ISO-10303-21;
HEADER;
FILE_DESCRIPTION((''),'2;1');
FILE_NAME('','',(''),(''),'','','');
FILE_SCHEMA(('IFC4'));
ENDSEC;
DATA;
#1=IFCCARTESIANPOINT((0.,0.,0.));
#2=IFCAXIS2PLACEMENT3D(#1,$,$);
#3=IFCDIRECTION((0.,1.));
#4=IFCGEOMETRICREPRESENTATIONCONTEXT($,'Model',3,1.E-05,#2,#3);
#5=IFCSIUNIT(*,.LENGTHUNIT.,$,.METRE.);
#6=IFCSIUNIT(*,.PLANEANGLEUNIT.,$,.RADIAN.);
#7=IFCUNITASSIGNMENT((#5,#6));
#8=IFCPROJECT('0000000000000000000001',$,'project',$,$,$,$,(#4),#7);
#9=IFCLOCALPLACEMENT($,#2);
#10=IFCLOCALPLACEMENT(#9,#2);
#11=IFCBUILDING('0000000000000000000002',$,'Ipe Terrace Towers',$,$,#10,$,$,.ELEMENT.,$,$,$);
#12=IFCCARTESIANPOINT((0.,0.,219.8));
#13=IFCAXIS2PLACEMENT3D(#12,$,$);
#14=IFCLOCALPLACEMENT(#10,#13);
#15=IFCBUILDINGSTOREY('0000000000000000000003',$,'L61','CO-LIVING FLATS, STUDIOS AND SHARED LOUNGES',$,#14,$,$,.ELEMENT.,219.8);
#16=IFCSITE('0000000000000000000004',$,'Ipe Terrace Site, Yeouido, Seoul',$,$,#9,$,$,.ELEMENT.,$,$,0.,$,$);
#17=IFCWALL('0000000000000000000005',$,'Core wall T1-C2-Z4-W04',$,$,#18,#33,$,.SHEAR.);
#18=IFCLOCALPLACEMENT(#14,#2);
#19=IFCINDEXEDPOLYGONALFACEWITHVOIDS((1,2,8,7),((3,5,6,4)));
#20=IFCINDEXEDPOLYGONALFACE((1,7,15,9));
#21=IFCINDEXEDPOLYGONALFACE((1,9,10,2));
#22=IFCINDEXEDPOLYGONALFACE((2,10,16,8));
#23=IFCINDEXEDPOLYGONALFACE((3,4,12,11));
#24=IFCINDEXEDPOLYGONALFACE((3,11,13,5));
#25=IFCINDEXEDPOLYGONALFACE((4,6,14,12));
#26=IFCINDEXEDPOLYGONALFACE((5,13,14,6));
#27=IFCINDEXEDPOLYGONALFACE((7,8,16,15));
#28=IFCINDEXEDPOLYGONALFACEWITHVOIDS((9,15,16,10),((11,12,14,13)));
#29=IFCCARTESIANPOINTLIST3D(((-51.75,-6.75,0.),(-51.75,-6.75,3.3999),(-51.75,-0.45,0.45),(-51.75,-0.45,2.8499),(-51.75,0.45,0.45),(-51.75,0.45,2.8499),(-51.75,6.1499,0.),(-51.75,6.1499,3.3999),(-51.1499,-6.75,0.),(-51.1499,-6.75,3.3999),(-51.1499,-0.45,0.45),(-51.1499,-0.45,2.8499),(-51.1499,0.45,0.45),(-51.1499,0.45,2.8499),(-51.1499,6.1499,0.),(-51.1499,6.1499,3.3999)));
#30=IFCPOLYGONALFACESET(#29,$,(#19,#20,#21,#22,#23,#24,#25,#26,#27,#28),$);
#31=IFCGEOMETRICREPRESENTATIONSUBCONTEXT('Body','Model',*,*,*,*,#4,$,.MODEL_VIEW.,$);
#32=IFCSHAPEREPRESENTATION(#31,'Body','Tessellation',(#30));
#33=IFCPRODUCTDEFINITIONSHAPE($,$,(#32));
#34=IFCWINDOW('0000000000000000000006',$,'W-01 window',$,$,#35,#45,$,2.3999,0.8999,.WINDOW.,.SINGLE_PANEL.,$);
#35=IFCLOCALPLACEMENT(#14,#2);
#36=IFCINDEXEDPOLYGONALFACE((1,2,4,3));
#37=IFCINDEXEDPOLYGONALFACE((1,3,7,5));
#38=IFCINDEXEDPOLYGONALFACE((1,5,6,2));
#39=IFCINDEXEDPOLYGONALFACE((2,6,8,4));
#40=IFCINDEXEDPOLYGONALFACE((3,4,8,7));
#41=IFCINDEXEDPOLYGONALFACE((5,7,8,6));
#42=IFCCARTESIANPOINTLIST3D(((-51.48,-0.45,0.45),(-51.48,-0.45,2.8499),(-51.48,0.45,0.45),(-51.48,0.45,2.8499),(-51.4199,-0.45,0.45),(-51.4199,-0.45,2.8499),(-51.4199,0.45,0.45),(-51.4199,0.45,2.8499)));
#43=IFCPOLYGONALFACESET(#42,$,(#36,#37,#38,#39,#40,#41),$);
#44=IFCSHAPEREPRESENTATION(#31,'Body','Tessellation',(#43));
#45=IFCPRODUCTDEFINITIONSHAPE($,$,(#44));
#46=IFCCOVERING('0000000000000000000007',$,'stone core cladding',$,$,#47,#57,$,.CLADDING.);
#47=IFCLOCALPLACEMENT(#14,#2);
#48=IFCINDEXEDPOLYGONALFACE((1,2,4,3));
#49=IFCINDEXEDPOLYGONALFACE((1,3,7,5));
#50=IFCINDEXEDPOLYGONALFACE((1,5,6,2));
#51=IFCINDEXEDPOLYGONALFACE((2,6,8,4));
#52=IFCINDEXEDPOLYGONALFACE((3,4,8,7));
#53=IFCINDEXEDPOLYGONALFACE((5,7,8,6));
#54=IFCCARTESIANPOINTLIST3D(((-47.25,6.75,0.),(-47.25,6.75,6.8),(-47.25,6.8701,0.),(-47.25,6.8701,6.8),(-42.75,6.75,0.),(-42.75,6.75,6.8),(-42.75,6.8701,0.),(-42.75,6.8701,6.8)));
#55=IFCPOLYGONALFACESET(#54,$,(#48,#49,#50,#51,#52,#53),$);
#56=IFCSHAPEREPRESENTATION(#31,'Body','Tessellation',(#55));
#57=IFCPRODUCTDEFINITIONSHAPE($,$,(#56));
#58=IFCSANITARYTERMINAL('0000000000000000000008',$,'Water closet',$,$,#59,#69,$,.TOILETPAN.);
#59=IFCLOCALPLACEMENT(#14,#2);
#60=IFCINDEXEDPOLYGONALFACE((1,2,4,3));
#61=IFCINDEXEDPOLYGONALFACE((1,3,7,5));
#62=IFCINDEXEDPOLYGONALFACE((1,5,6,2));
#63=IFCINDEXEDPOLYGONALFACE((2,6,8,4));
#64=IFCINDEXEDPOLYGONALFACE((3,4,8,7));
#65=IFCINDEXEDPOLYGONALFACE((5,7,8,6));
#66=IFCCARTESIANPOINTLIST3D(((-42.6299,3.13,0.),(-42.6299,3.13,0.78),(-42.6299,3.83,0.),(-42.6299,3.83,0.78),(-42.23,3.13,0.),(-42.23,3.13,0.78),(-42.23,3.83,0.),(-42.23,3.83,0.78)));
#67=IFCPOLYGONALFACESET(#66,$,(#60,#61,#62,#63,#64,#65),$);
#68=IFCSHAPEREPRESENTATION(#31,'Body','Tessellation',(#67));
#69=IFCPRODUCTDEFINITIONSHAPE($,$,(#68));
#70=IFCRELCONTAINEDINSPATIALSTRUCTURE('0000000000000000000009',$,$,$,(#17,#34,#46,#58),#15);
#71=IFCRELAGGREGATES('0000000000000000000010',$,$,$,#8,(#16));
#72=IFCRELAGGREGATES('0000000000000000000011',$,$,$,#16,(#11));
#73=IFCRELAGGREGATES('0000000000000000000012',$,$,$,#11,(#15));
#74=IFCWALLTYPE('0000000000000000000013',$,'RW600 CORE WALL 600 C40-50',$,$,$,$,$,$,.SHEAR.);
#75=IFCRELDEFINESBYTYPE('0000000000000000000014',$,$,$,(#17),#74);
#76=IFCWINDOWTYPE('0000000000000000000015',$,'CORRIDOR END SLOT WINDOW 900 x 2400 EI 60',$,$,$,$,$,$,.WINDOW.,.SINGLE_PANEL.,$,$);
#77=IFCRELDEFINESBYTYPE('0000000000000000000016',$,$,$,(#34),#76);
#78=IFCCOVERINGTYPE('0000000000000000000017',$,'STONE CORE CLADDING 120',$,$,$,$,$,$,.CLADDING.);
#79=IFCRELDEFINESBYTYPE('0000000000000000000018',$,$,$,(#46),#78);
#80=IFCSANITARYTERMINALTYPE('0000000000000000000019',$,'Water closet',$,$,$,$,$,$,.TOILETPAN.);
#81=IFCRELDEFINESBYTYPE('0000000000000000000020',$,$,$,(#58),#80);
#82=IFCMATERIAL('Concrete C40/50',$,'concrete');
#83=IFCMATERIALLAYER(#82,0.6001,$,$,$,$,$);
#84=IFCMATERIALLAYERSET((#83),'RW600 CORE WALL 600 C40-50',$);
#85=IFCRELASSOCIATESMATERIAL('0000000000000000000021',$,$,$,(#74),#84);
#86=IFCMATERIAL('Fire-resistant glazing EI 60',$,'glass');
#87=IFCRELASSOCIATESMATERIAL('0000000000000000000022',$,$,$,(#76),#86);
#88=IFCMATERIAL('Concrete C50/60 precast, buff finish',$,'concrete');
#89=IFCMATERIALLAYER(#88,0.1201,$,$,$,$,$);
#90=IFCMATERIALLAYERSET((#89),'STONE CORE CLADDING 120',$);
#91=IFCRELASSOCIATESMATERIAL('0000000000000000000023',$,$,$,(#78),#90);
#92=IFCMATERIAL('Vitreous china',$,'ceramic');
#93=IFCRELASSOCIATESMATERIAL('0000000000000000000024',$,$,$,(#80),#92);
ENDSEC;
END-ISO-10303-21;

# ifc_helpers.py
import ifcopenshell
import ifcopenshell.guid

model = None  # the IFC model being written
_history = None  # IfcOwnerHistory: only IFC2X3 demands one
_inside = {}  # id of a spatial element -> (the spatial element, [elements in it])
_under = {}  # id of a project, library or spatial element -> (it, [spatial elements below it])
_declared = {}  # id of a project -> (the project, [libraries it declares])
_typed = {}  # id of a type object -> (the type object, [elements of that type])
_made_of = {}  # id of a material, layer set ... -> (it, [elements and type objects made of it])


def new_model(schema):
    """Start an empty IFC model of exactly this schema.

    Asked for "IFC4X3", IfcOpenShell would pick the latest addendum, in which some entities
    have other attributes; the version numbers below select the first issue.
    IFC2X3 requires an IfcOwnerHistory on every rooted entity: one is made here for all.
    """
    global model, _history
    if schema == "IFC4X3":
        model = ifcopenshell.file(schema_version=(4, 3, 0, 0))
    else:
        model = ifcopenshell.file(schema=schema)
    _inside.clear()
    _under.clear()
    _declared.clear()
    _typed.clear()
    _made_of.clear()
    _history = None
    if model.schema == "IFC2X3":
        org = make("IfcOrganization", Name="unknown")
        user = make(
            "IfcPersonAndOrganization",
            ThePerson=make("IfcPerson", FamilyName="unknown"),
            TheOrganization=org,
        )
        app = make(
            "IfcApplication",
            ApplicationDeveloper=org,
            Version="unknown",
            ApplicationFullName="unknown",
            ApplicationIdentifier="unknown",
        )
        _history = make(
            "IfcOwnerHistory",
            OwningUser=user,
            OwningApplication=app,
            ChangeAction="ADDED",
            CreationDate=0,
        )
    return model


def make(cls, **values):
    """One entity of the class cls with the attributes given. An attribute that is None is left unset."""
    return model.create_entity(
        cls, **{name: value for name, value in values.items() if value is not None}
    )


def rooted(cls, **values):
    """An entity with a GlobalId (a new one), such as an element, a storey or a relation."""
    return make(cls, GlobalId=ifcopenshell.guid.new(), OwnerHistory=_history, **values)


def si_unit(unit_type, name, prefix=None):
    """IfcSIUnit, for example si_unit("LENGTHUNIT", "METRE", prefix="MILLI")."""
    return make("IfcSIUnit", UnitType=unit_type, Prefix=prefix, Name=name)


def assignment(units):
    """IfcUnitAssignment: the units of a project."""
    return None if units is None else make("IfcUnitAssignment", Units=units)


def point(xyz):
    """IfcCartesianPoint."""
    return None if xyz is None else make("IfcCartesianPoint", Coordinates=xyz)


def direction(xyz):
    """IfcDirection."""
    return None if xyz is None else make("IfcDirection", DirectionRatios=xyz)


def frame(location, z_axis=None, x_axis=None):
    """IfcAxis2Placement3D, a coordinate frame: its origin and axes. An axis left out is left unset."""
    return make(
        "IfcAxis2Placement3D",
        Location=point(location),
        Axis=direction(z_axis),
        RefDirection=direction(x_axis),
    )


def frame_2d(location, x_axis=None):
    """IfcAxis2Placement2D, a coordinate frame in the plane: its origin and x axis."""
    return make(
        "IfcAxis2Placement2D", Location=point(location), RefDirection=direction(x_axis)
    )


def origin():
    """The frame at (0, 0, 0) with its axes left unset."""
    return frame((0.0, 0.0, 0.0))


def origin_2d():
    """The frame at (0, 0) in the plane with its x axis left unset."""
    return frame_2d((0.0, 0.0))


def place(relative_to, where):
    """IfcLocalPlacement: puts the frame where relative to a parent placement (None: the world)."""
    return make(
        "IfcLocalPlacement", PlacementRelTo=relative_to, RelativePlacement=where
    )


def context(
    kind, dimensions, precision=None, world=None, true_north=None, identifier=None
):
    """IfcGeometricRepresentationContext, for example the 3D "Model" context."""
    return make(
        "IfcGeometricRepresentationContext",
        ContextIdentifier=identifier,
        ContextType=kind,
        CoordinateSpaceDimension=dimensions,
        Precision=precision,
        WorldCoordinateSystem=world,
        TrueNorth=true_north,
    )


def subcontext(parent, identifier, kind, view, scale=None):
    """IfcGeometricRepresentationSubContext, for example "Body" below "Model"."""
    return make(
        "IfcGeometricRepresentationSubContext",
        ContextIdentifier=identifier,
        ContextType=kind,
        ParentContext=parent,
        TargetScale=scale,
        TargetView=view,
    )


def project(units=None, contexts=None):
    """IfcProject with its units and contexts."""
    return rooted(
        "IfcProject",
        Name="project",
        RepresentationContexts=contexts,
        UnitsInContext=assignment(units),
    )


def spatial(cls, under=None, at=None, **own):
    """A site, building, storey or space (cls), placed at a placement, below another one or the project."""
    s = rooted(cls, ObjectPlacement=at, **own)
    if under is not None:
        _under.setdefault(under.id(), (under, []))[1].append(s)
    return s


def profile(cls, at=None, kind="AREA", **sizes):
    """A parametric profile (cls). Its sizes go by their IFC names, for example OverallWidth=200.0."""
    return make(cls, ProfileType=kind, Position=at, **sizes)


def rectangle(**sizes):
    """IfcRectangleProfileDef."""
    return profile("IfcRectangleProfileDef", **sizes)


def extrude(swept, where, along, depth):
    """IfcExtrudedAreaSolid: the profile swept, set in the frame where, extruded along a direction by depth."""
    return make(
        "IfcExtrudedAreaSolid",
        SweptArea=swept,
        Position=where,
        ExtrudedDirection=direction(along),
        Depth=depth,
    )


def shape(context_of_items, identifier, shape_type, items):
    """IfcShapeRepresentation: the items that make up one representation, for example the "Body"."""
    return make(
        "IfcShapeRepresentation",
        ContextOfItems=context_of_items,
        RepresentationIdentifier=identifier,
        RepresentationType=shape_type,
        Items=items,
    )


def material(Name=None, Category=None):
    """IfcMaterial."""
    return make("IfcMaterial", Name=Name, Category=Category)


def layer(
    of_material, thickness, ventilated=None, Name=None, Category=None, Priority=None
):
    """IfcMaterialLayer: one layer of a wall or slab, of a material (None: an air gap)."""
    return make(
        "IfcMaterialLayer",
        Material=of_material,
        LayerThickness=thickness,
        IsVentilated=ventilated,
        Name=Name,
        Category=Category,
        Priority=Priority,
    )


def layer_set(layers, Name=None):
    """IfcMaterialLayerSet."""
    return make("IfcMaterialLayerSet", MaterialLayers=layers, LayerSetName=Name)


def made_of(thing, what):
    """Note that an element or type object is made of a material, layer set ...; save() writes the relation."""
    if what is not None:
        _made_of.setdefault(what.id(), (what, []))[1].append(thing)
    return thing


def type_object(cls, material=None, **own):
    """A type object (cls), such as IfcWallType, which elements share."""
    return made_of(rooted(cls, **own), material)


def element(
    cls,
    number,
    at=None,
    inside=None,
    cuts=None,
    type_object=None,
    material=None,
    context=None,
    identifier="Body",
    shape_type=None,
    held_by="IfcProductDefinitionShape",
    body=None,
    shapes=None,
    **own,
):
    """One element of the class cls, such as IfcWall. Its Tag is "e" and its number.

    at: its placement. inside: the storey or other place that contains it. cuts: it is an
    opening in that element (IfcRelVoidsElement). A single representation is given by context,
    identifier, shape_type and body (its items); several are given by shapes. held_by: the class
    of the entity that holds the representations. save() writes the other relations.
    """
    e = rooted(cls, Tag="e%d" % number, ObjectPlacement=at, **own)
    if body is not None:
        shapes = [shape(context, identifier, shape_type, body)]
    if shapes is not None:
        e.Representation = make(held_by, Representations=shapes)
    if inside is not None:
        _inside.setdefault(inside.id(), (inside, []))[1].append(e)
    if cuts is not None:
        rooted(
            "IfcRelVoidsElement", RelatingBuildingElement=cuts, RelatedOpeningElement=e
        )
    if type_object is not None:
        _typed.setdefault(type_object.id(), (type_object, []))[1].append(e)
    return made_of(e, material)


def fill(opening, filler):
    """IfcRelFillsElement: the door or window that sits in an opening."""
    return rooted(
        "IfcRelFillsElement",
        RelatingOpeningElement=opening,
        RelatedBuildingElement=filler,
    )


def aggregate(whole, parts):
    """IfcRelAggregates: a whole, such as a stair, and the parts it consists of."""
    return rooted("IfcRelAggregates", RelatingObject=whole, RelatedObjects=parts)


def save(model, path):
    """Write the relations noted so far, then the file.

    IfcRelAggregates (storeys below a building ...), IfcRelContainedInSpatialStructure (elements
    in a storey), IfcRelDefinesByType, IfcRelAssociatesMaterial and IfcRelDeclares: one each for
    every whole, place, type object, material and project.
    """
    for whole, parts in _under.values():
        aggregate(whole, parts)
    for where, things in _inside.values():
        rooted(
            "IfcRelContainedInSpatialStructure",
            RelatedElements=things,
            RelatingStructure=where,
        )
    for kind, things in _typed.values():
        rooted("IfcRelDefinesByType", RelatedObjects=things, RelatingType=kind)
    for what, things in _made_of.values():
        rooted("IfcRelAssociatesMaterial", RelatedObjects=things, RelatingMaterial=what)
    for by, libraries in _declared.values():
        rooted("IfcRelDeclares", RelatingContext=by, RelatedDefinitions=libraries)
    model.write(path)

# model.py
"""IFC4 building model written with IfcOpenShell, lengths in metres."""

from ifc_helpers import new_model, si_unit, direction, frame, frame_2d, origin, origin_2d, place, context, subcontext, project, spatial, rectangle, extrude, material, layer, layer_set, type_object, element, fill, save


model = new_model("IFC4")

# Units and contexts
model_context = context("Model", 3, precision=1e-05, world=origin(), true_north=direction((0.0, 1.0)))
body_context = subcontext(model_context, "Body", "Model", "MODEL_VIEW")
ifc_project = project(units=[si_unit("LENGTHUNIT", "METRE"), si_unit("PLANEANGLEUNIT", "RADIAN")], contexts=[model_context])

# Site, building, storey
site_placement = place(None, origin())
site = spatial("IfcSite", under=ifc_project, at=site_placement, Name="Ipe Terrace Site, Yeouido, Seoul", CompositionType="ELEMENT", RefElevation=0.0)
building_placement = place(site_placement, origin())
building = spatial("IfcBuilding", under=site, at=building_placement, Name="Ipe Terrace Towers", CompositionType="ELEMENT")
storey_placement = place(building_placement, frame((0.0, 0.0, 219.8)))
storey = spatial("IfcBuildingStorey", under=building, at=storey_placement, Name="L61", Description="CO-LIVING FLATS, STUDIOS AND SHARED LOUNGES", CompositionType="ELEMENT", Elevation=219.8)

# Shared definitions
ifc_material_1 = material(Name="Concrete C40/50", Category="concrete")
ifc_layer_1 = layer(ifc_material_1, 0.6001)
ifc_layer_set_1 = layer_set([ifc_layer_1], Name="RW600 CORE WALL 600 C40-50")
wall_type_1 = type_object("IfcWallType", Name="RW600 CORE WALL 600 C40-50", PredefinedType="SHEAR", material=ifc_layer_set_1)

# Wall, opening, window
wall_1_placement = place(storey_placement, frame((-51.45, 6.1499, 0.0), z_axis=(0.0, 0.0, 1.0), x_axis=(0.0, -1.0, 0.0)))
wall_1 = element("IfcWall", 1, at=wall_1_placement, inside=storey, type_object=wall_type_1, Name="Core wall T1-C2-Z4-W04", PredefinedType="SHEAR", context=body_context, shape_type="SweptSolid", body=[
    extrude(rectangle(XDim=12.8999, YDim=0.6001, at=frame_2d((6.45, 0.0))), origin(), (0.0, 0.0, 1.0), 3.3999),
])
opening_1_placement = place(wall_1_placement, frame((5.7, 0.0, 0.45)))
opening_1 = element("IfcOpeningElement", 2, at=opening_1_placement, cuts=wall_1, PredefinedType="OPENING", context=body_context, shape_type="SweptSolid", body=[
    extrude(rectangle(XDim=0.8999, YDim=2.3999, at=frame_2d((0.45, 1.2))), frame((0.0, 0.3101, 0.0), z_axis=(0.0, -1.0, 0.0), x_axis=(1.0, 0.0, 0.0)), (0.0, 0.0, 1.0), 0.6201),
])
ifc_material_2 = material(Name="Fire-resistant glazing EI 60", Category="glass")
window_type = type_object("IfcWindowType", Name="CORRIDOR END SLOT WINDOW 900 x 2400 EI 60", PartitioningType="SINGLE_PANEL", PredefinedType="WINDOW", material=ifc_material_2)
window_placement = place(opening_1_placement, origin())
window = element("IfcWindow", 3, at=window_placement, inside=storey, type_object=window_type, Name="W-01 window", OverallHeight=2.3999, OverallWidth=0.8999, PartitioningType="SINGLE_PANEL", PredefinedType="WINDOW", context=body_context, shape_type="SweptSolid", body=[
    extrude(rectangle(XDim=0.8999, YDim=2.3999, at=frame_2d((0.45, 1.2))), frame((0.0, 0.03, 0.0), z_axis=(0.0, -1.0, 0.0), x_axis=(1.0, 0.0, 0.0)), (0.0, 0.0, 1.0), 0.0601),
])
fill(opening_1, window)

# Covering
ifc_material_3 = material(Name="Concrete C50/60 precast, buff finish", Category="concrete")
ifc_layer_2 = layer(ifc_material_3, 0.1201)
ifc_layer_set_2 = layer_set([ifc_layer_2], Name="STONE CORE CLADDING 120")
covering_type = type_object("IfcCoveringType", Name="STONE CORE CLADDING 120", PredefinedType="CLADDING", material=ifc_layer_set_2)
covering_placement = place(storey_placement, frame((-45.0, 6.8101, 0.0), z_axis=(0.0, 0.0, 1.0), x_axis=(-1.0, 0.0, 0.0)))
element("IfcCovering", 4, at=covering_placement, inside=storey, type_object=covering_type, Name="stone core cladding", PredefinedType="CLADDING", context=body_context, shape_type="SweptSolid", body=[
    extrude(rectangle(XDim=4.5, YDim=0.1201, at=origin_2d()), origin(), (0.0, 0.0, 1.0), 6.8),
])

# Sanitary terminal
ifc_material_4 = material(Name="Vitreous china", Category="ceramic")
sanitary_terminal_type = type_object("IfcSanitaryTerminalType", Name="Water closet", PredefinedType="TOILETPAN", material=ifc_material_4)
sanitary_terminal_placement = place(storey_placement, frame((-42.4299, 3.48, 0.0), z_axis=(0.0, 0.0, 1.0), x_axis=(0.0, -1.0, 0.0)))
element("IfcSanitaryTerminal", 5, at=sanitary_terminal_placement, inside=storey, type_object=sanitary_terminal_type, Name="Water closet", PredefinedType="TOILETPAN", context=body_context, shape_type="SweptSolid", body=[
    extrude(rectangle(XDim=0.7, YDim=0.3999, at=origin_2d()), origin(), (0.0, 0.0, 1.0), 0.78),
])

save(model, "model.ifc")
